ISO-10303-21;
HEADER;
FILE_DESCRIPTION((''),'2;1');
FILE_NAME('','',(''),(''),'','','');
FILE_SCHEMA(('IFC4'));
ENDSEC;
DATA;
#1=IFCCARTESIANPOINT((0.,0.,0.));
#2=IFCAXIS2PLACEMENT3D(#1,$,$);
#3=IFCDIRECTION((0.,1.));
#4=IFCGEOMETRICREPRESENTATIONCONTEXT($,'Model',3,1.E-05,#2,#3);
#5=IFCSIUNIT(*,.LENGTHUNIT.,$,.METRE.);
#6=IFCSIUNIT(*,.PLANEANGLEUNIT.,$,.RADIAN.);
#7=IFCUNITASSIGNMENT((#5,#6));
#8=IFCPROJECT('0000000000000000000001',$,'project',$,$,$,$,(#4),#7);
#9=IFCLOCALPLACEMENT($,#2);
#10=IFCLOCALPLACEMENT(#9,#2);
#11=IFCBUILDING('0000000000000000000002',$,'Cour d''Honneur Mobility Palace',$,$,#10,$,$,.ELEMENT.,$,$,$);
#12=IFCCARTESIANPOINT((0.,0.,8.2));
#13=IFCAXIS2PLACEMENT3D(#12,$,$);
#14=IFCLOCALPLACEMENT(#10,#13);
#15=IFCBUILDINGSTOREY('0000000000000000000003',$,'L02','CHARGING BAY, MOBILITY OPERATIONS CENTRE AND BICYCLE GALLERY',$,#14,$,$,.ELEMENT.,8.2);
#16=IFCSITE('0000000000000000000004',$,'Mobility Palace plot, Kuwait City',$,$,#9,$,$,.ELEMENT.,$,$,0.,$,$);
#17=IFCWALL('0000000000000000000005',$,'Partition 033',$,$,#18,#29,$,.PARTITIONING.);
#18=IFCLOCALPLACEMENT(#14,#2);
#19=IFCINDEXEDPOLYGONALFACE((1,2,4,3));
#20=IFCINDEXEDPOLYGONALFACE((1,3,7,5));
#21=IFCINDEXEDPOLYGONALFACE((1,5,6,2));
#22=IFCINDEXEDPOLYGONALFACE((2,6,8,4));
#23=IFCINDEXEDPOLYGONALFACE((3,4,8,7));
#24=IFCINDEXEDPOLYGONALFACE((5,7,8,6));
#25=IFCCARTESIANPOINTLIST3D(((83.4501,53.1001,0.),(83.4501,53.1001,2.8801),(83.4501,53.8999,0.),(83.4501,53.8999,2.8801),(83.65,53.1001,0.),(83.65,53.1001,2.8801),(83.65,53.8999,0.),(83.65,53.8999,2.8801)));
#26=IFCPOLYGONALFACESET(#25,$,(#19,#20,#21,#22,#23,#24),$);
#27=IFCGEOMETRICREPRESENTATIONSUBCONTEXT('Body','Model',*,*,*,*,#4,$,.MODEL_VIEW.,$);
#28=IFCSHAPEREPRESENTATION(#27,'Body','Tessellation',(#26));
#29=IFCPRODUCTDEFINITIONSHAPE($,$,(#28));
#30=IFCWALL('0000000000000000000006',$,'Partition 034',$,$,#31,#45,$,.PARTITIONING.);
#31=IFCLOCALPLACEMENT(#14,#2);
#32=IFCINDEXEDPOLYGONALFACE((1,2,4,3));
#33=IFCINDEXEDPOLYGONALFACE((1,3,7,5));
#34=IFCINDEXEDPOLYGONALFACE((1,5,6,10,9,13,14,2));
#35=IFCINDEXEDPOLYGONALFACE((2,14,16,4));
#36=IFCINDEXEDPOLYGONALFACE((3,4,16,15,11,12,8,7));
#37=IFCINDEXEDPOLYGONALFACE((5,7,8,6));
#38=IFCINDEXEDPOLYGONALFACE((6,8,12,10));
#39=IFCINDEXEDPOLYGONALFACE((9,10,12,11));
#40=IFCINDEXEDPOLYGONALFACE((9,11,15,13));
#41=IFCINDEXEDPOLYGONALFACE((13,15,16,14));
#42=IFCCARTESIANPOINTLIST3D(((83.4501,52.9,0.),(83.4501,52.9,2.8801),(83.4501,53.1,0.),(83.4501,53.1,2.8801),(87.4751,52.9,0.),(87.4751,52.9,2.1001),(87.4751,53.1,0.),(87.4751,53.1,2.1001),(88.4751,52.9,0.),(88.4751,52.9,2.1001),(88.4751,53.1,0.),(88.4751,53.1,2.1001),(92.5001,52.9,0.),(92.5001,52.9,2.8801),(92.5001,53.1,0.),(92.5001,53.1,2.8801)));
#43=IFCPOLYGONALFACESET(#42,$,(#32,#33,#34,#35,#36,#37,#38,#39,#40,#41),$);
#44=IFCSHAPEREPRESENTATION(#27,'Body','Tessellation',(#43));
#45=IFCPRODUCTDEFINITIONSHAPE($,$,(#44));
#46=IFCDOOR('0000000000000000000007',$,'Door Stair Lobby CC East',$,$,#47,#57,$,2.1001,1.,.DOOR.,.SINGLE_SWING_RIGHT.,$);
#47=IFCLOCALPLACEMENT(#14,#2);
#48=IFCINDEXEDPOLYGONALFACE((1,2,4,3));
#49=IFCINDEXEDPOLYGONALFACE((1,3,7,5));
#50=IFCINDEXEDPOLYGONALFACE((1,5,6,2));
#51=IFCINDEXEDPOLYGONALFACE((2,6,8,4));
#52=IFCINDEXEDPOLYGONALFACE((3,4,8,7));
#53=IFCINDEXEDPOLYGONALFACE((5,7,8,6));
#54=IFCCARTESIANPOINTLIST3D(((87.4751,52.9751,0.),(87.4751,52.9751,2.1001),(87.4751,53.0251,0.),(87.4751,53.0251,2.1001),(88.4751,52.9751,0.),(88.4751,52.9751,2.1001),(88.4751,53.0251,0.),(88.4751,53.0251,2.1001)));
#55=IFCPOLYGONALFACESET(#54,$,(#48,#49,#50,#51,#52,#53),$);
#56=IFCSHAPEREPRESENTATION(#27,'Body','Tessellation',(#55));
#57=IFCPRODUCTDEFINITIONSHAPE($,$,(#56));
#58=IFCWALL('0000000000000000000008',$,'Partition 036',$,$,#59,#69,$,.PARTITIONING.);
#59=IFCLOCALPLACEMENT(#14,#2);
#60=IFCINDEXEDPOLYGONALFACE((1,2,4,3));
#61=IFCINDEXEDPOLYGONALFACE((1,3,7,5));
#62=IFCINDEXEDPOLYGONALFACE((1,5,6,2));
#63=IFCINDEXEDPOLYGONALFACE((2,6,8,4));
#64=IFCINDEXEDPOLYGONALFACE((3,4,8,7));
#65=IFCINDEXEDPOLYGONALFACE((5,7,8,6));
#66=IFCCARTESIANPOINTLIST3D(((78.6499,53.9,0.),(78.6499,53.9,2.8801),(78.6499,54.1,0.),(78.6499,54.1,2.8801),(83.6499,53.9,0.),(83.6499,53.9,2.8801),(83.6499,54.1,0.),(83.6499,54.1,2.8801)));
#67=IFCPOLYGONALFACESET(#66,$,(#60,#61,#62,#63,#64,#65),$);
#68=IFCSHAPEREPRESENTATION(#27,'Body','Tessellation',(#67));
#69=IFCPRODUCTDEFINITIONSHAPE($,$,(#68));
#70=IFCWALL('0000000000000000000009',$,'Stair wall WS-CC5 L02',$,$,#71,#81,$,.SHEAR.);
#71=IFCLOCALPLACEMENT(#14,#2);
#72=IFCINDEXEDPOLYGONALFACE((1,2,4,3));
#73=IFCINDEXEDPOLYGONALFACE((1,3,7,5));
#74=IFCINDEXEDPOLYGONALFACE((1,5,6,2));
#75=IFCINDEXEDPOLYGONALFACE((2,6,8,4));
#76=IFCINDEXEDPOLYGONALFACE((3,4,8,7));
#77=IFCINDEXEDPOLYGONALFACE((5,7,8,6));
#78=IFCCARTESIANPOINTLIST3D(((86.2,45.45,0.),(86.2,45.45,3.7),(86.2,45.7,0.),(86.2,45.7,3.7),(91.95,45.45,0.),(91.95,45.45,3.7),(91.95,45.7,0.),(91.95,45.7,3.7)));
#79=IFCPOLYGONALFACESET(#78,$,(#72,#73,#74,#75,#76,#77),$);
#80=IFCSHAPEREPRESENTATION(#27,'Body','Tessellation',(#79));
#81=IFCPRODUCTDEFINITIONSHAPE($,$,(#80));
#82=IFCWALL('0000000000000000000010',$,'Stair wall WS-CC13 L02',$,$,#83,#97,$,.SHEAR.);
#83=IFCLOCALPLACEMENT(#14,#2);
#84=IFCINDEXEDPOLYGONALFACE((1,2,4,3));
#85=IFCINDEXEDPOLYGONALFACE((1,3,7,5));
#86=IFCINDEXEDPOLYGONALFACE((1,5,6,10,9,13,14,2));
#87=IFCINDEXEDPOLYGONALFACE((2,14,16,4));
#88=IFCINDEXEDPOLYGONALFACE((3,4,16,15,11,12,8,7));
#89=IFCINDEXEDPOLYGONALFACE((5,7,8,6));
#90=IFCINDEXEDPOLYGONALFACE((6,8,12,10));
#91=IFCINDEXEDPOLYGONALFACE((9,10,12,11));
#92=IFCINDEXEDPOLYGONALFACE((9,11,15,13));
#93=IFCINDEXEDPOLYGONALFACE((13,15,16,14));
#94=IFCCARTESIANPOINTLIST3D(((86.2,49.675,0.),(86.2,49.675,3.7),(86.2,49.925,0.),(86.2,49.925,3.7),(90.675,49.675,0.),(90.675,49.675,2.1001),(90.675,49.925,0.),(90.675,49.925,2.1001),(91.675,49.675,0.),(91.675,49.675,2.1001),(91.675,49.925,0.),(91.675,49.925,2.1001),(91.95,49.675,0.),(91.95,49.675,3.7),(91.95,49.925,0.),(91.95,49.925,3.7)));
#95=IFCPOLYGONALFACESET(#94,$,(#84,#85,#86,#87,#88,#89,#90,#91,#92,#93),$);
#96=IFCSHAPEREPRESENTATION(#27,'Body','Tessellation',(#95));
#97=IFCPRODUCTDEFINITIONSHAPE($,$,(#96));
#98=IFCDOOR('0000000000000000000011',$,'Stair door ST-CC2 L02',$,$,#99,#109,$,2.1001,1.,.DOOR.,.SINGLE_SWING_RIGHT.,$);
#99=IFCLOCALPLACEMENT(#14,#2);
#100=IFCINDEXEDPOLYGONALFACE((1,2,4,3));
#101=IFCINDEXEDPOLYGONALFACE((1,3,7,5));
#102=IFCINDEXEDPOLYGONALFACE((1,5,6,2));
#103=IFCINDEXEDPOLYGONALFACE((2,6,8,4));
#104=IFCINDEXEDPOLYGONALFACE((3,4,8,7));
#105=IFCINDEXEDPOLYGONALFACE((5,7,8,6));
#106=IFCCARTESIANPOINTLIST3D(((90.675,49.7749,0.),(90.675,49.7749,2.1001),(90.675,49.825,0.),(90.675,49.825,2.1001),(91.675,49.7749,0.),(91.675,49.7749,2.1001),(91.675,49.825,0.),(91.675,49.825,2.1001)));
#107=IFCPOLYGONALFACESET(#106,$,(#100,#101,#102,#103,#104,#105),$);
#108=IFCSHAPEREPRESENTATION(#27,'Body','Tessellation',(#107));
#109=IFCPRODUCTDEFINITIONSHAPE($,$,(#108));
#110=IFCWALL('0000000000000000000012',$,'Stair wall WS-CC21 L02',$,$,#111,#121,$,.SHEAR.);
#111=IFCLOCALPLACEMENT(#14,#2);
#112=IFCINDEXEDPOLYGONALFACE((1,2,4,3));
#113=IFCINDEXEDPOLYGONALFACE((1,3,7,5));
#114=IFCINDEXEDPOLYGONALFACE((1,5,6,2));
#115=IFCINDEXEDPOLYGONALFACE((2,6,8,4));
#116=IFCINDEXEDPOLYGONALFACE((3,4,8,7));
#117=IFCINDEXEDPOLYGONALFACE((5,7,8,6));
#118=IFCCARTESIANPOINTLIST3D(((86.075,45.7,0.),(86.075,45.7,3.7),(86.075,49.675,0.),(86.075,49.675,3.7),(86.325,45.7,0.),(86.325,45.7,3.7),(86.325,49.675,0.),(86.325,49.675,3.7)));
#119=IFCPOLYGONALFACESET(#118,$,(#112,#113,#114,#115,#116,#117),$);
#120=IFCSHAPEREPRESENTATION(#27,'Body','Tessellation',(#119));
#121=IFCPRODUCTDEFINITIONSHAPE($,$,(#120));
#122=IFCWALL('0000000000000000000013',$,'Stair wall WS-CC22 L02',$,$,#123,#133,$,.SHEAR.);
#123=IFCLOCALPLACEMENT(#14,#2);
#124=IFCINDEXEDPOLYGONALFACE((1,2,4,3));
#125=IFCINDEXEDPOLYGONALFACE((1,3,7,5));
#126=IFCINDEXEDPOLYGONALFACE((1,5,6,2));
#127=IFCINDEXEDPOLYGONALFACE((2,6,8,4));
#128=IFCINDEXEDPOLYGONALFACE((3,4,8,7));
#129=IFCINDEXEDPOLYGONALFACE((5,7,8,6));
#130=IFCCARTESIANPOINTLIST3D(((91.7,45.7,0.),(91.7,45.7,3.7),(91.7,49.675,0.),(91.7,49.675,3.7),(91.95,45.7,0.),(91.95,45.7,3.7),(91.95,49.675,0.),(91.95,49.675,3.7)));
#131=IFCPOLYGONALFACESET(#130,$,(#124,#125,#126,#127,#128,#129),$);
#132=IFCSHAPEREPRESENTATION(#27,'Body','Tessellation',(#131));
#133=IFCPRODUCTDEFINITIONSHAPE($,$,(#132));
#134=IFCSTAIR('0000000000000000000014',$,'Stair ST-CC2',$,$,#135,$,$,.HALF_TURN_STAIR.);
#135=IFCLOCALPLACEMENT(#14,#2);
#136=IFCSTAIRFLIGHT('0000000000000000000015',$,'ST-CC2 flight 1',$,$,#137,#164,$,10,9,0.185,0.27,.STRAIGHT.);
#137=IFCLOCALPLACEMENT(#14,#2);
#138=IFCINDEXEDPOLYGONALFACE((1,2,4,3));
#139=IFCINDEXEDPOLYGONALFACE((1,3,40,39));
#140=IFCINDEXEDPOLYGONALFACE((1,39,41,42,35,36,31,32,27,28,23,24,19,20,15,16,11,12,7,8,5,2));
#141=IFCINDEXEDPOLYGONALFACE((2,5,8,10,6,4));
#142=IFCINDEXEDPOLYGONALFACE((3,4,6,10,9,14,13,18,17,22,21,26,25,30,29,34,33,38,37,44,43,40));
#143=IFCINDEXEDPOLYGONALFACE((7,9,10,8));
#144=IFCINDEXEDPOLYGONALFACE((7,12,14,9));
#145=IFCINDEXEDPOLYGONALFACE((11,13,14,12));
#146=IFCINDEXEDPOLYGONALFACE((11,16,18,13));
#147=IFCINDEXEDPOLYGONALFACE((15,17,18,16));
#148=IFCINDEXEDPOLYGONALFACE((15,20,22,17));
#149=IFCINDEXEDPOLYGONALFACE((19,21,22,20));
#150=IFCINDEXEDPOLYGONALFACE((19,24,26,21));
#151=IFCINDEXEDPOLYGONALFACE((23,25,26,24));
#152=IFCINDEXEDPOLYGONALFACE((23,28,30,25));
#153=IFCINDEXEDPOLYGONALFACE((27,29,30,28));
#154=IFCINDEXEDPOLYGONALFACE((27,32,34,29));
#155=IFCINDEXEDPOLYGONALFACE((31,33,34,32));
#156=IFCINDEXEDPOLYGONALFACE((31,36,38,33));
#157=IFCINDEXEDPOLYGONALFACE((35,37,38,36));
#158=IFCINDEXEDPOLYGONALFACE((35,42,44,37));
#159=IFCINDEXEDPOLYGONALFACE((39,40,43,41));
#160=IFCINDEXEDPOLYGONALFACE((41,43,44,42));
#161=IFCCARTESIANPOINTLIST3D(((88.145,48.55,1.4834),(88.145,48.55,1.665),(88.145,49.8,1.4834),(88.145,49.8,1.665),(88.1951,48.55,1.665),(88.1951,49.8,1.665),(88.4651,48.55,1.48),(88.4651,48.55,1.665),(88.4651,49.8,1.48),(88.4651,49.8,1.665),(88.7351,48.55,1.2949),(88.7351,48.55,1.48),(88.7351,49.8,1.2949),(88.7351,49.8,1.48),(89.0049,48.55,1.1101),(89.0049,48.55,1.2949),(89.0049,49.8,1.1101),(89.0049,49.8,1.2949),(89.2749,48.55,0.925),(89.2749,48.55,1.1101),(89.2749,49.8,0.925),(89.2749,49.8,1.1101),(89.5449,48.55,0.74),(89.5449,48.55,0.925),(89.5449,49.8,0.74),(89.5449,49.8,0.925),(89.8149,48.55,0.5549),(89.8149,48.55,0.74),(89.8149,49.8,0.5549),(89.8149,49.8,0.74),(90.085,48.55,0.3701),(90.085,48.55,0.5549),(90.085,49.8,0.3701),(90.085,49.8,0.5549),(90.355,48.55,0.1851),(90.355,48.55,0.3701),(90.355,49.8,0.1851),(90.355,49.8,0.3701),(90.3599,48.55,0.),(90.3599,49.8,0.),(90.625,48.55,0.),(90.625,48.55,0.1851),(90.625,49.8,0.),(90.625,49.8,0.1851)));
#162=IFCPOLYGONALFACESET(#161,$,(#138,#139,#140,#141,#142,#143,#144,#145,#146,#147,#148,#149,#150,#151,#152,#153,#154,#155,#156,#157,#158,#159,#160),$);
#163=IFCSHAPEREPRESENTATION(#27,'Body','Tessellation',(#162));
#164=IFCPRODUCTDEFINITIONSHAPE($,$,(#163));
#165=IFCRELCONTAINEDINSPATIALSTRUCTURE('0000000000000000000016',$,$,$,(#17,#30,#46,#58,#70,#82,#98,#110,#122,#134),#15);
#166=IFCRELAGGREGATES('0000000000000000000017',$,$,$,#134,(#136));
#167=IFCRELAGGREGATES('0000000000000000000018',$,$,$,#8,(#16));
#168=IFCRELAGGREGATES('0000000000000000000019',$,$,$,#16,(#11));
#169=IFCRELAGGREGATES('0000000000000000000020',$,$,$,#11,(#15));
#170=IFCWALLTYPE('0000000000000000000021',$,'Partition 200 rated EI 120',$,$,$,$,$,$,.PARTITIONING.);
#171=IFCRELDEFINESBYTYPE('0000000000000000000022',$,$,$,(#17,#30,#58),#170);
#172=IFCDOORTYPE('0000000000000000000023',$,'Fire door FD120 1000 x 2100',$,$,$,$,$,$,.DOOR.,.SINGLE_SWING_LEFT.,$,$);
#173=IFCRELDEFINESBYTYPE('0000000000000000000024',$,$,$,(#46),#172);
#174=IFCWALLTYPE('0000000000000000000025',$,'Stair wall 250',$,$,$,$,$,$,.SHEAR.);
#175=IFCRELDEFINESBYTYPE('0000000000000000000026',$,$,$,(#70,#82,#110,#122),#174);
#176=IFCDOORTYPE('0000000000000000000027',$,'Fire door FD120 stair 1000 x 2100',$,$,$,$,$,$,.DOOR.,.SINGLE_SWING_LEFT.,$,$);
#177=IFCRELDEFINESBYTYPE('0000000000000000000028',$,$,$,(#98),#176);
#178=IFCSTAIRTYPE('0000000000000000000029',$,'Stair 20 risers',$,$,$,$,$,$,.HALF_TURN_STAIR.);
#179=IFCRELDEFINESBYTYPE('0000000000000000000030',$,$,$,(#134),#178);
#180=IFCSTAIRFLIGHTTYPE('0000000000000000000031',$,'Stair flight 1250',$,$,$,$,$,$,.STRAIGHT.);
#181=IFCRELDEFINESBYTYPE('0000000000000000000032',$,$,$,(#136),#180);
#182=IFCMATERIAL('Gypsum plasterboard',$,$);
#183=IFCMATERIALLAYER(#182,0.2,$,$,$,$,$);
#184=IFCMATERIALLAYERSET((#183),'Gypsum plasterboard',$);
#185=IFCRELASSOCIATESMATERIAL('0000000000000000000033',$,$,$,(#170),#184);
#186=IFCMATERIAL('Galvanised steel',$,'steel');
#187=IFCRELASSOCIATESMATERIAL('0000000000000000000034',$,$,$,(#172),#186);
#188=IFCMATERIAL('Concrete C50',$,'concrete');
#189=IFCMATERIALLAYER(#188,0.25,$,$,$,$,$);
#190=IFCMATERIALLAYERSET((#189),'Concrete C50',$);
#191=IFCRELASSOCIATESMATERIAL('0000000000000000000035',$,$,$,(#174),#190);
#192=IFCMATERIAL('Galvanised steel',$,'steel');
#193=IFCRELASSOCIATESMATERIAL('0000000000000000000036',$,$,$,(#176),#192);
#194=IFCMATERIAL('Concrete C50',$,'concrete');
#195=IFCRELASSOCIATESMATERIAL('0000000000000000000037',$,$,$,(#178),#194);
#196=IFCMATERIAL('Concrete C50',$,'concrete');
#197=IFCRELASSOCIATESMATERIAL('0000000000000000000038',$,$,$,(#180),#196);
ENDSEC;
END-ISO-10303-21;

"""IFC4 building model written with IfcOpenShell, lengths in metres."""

from ifc_helpers import new_model, si_unit, direction, frame, frame_2d, origin, place, context, subcontext, project, spatial, polyline, rectangle, outline, extrude, material, layer, layer_set, type_object, element, fill, aggregate, save


model = new_model("IFC4")

# Units and contexts
model_context = context("Model", 3, precision=1e-05, world=origin(), true_north=direction((0.0, 1.0)))
body_context = subcontext(model_context, "Body", "Model", "MODEL_VIEW")
ifc_project = project(units=[si_unit("LENGTHUNIT", "METRE"), si_unit("PLANEANGLEUNIT", "RADIAN")], contexts=[model_context])

# Site, building, storey
site_placement = place(None, origin())
site = spatial("IfcSite", under=ifc_project, at=site_placement, Name="Mobility Palace plot, Kuwait City", CompositionType="ELEMENT", RefElevation=0.0)
building_placement = place(site_placement, origin())
building = spatial("IfcBuilding", under=site, at=building_placement, Name="Cour d'Honneur Mobility Palace", CompositionType="ELEMENT")
storey_placement = place(building_placement, frame((0.0, 0.0, 8.2)))
storey = spatial("IfcBuildingStorey", under=building, at=storey_placement, Name="L02", Description="CHARGING BAY, MOBILITY OPERATIONS CENTRE AND BICYCLE GALLERY", CompositionType="ELEMENT", Elevation=8.2)

# Wall
ifc_material_1 = material(Name="Gypsum plasterboard")
ifc_layer_1 = layer(ifc_material_1, 0.2)
ifc_layer_set_1 = layer_set([ifc_layer_1], Name="Gypsum plasterboard")
wall_type_1 = type_object("IfcWallType", Name="Partition 200 rated EI 120", PredefinedType="PARTITIONING", material=ifc_layer_set_1)
wall_1_placement = place(storey_placement, frame((83.55, 53.1001, 0.0), z_axis=(0.0, 0.0, 1.0), x_axis=(0.0, 1.0, 0.0)))
element("IfcWall", 1, at=wall_1_placement, inside=storey, type_object=wall_type_1, Name="Partition 033", PredefinedType="PARTITIONING", context=body_context, shape_type="SweptSolid", body=[
    extrude(rectangle(XDim=0.7998, YDim=0.2, at=frame_2d((0.3999, 0.0))), origin(), (0.0, 0.0, 1.0), 2.8801),
])

# Wall, opening, door
wall_2_placement = place(storey_placement, frame((92.5, 53.0, 0.0), z_axis=(0.0, 0.0, 1.0), x_axis=(-1.0, 0.0, 0.0)))
wall_2 = element("IfcWall", 2, at=wall_2_placement, inside=storey, type_object=wall_type_1, Name="Partition 034", PredefinedType="PARTITIONING", context=body_context, shape_type="SweptSolid", body=[
    extrude(rectangle(XDim=9.05, YDim=0.2, at=frame_2d((4.5249, 0.0))), origin(), (0.0, 0.0, 1.0), 2.8801),
])
opening_1_placement = place(wall_2_placement, frame((4.0249, 0.0, 0.0)))
opening_1 = element("IfcOpeningElement", 3, at=opening_1_placement, cuts=wall_2, PredefinedType="OPENING", context=body_context, shape_type="SweptSolid", body=[
    extrude(rectangle(XDim=1.0, YDim=2.1001, at=frame_2d((0.5, 1.05))), frame((0.0, 0.1099, 0.0), z_axis=(0.0, -1.0, 0.0), x_axis=(1.0, 0.0, 0.0)), (0.0, 0.0, 1.0), 0.22),
])
ifc_material_2 = material(Name="Galvanised steel", Category="steel")
door_type_1 = type_object("IfcDoorType", Name="Fire door FD120 1000 x 2100", OperationType="SINGLE_SWING_LEFT", PredefinedType="DOOR", material=ifc_material_2)
door_1_placement = place(opening_1_placement, origin())
door_1 = element("IfcDoor", 4, at=door_1_placement, inside=storey, type_object=door_type_1, Name="Door Stair Lobby CC East", OperationType="SINGLE_SWING_RIGHT", OverallHeight=2.1001, OverallWidth=1.0, PredefinedType="DOOR", context=body_context, shape_type="SweptSolid", body=[
    extrude(rectangle(XDim=1.0, YDim=2.1001, at=frame_2d((0.5, 1.05))), frame((0.0, 0.0249, 0.0), z_axis=(0.0, -1.0, 0.0), x_axis=(1.0, 0.0, 0.0)), (0.0, 0.0, 1.0), 0.05),
])
fill(opening_1, door_1)

# Walls
wall_3_placement = place(storey_placement, frame((83.6499, 54.0, 0.0), z_axis=(0.0, 0.0, 1.0), x_axis=(-1.0, 0.0, 0.0)))
element("IfcWall", 5, at=wall_3_placement, inside=storey, type_object=wall_type_1, Name="Partition 036", PredefinedType="PARTITIONING", context=body_context, shape_type="SweptSolid", body=[
    extrude(rectangle(XDim=5.0, YDim=0.2, at=frame_2d((2.5, 0.0))), origin(), (0.0, 0.0, 1.0), 2.8801),
])
ifc_material_3 = material(Name="Concrete C50", Category="concrete")
ifc_layer_2 = layer(ifc_material_3, 0.25)
ifc_layer_set_2 = layer_set([ifc_layer_2], Name="Concrete C50")
wall_type_2 = type_object("IfcWallType", Name="Stair wall 250", PredefinedType="SHEAR", material=ifc_layer_set_2)
wall_4_placement = place(storey_placement, frame((86.2, 45.575, 0.0), z_axis=(0.0, 0.0, 1.0), x_axis=(1.0, 0.0, 0.0)))
element("IfcWall", 6, at=wall_4_placement, inside=storey, type_object=wall_type_2, Name="Stair wall WS-CC5 L02", PredefinedType="SHEAR", context=body_context, shape_type="SweptSolid", body=[
    extrude(rectangle(XDim=5.75, YDim=0.25, at=frame_2d((2.875, 0.0))), origin(), (0.0, 0.0, 1.0), 3.7),
])

# Wall, opening, door
wall_5_placement = place(storey_placement, frame((86.2, 49.8, 0.0), z_axis=(0.0, 0.0, 1.0), x_axis=(1.0, 0.0, 0.0)))
wall_5 = element("IfcWall", 7, at=wall_5_placement, inside=storey, type_object=wall_type_2, Name="Stair wall WS-CC13 L02", PredefinedType="SHEAR", context=body_context, shape_type="SweptSolid", body=[
    extrude(rectangle(XDim=5.75, YDim=0.25, at=frame_2d((2.875, 0.0))), origin(), (0.0, 0.0, 1.0), 3.7),
])
opening_2_placement = place(wall_5_placement, frame((4.4751, 0.0, 0.0)))
opening_2 = element("IfcOpeningElement", 8, at=opening_2_placement, cuts=wall_5, PredefinedType="OPENING", context=body_context, shape_type="SweptSolid", body=[
    extrude(rectangle(XDim=1.0, YDim=2.1001, at=frame_2d((0.5, 1.05))), frame((0.0, 0.135, 0.0), z_axis=(0.0, -1.0, 0.0), x_axis=(1.0, 0.0, 0.0)), (0.0, 0.0, 1.0), 0.27),
])
ifc_material_4 = material(Name="Galvanised steel", Category="steel")
door_type_2 = type_object("IfcDoorType", Name="Fire door FD120 stair 1000 x 2100", OperationType="SINGLE_SWING_LEFT", PredefinedType="DOOR", material=ifc_material_4)
door_2_placement = place(opening_2_placement, origin())
door_2 = element("IfcDoor", 9, at=door_2_placement, inside=storey, type_object=door_type_2, Name="Stair door ST-CC2 L02", OperationType="SINGLE_SWING_RIGHT", OverallHeight=2.1001, OverallWidth=1.0, PredefinedType="DOOR", context=body_context, shape_type="SweptSolid", body=[
    extrude(rectangle(XDim=1.0, YDim=2.1001, at=frame_2d((0.5, 1.05))), frame((0.0, 0.0249, 0.0), z_axis=(0.0, -1.0, 0.0), x_axis=(1.0, 0.0, 0.0)), (0.0, 0.0, 1.0), 0.05),
])
fill(opening_2, door_2)

# Walls
for number, where, z_axis, x_axis, name in (
    (10, (86.2, 45.7, 0.0), (0.0, 0.0, 1.0), (0.0, 1.0, 0.0), "Stair wall WS-CC21 L02"),
    (11, (91.825, 45.7, 0.0), (0.0, 0.0, 1.0), (0.0, 1.0, 0.0), "Stair wall WS-CC22 L02"),
):
    element("IfcWall", number, at=place(storey_placement, frame(where, z_axis=z_axis, x_axis=x_axis)), inside=storey, type_object=wall_type_2, Name=name, PredefinedType="SHEAR", context=body_context, shape_type="SweptSolid", body=[
        extrude(rectangle(XDim=3.9751, YDim=0.25, at=frame_2d((1.9875, 0.0))), origin(), (0.0, 0.0, 1.0), 3.7),
    ])

# Stair, stair flight
ifc_material_5 = material(Name="Concrete C50", Category="concrete")
stair_type = type_object("IfcStairType", Name="Stair 20 risers", PredefinedType="HALF_TURN_STAIR", material=ifc_material_5)
stair_placement = place(storey_placement, origin())
stair = element("IfcStair", 12, at=stair_placement, inside=storey, type_object=stair_type, Name="Stair ST-CC2", PredefinedType="HALF_TURN_STAIR")
ifc_material_6 = material(Name="Concrete C50", Category="concrete")
stair_flight_type = type_object("IfcStairFlightType", Name="Stair flight 1250", PredefinedType="STRAIGHT", material=ifc_material_6)
stair_flight_1_placement = place(storey_placement, frame((90.625, 49.175, 0.0), z_axis=(0.0, 0.0, 1.0), x_axis=(-1.0, 0.0, 0.0)))
stair_flight_1 = element("IfcStairFlight", 13, at=stair_flight_1_placement, type_object=stair_flight_type, Name="ST-CC2 flight 1", NumberOfRisers=10, NumberOfTreads=9, PredefinedType="STRAIGHT", RiserHeight=0.185, TreadLength=0.27, context=body_context, shape_type="SweptSolid", body=[
    extrude(outline(polyline([(0.0, 0.0), (0.0, 0.1851), (0.27, 0.1851), (0.27, 0.3701), (0.54, 0.3701), (0.54, 0.5549), (0.8101, 0.5549), (0.8101, 0.74), (1.0801, 0.74), (1.0801, 0.925), (1.3501, 0.925), (1.3501, 1.1101), (1.6201, 1.1101), (1.6201, 1.2949), (1.8899, 1.2949), (1.8899, 1.48), (2.1599, 1.48), (2.1599, 1.665), (2.4299, 1.665), (2.48, 1.665), (2.48, 1.4834), (0.2651, 0.0), (0.0, 0.0)])), frame((0.0, 0.625, 0.0), z_axis=(0.0, -1.0, 0.0), x_axis=(1.0, 0.0, 0.0)), (0.0, 0.0, 1.0), 1.25),
])
aggregate(stair, [stair_flight_1])

save(model, "model.ifc")
